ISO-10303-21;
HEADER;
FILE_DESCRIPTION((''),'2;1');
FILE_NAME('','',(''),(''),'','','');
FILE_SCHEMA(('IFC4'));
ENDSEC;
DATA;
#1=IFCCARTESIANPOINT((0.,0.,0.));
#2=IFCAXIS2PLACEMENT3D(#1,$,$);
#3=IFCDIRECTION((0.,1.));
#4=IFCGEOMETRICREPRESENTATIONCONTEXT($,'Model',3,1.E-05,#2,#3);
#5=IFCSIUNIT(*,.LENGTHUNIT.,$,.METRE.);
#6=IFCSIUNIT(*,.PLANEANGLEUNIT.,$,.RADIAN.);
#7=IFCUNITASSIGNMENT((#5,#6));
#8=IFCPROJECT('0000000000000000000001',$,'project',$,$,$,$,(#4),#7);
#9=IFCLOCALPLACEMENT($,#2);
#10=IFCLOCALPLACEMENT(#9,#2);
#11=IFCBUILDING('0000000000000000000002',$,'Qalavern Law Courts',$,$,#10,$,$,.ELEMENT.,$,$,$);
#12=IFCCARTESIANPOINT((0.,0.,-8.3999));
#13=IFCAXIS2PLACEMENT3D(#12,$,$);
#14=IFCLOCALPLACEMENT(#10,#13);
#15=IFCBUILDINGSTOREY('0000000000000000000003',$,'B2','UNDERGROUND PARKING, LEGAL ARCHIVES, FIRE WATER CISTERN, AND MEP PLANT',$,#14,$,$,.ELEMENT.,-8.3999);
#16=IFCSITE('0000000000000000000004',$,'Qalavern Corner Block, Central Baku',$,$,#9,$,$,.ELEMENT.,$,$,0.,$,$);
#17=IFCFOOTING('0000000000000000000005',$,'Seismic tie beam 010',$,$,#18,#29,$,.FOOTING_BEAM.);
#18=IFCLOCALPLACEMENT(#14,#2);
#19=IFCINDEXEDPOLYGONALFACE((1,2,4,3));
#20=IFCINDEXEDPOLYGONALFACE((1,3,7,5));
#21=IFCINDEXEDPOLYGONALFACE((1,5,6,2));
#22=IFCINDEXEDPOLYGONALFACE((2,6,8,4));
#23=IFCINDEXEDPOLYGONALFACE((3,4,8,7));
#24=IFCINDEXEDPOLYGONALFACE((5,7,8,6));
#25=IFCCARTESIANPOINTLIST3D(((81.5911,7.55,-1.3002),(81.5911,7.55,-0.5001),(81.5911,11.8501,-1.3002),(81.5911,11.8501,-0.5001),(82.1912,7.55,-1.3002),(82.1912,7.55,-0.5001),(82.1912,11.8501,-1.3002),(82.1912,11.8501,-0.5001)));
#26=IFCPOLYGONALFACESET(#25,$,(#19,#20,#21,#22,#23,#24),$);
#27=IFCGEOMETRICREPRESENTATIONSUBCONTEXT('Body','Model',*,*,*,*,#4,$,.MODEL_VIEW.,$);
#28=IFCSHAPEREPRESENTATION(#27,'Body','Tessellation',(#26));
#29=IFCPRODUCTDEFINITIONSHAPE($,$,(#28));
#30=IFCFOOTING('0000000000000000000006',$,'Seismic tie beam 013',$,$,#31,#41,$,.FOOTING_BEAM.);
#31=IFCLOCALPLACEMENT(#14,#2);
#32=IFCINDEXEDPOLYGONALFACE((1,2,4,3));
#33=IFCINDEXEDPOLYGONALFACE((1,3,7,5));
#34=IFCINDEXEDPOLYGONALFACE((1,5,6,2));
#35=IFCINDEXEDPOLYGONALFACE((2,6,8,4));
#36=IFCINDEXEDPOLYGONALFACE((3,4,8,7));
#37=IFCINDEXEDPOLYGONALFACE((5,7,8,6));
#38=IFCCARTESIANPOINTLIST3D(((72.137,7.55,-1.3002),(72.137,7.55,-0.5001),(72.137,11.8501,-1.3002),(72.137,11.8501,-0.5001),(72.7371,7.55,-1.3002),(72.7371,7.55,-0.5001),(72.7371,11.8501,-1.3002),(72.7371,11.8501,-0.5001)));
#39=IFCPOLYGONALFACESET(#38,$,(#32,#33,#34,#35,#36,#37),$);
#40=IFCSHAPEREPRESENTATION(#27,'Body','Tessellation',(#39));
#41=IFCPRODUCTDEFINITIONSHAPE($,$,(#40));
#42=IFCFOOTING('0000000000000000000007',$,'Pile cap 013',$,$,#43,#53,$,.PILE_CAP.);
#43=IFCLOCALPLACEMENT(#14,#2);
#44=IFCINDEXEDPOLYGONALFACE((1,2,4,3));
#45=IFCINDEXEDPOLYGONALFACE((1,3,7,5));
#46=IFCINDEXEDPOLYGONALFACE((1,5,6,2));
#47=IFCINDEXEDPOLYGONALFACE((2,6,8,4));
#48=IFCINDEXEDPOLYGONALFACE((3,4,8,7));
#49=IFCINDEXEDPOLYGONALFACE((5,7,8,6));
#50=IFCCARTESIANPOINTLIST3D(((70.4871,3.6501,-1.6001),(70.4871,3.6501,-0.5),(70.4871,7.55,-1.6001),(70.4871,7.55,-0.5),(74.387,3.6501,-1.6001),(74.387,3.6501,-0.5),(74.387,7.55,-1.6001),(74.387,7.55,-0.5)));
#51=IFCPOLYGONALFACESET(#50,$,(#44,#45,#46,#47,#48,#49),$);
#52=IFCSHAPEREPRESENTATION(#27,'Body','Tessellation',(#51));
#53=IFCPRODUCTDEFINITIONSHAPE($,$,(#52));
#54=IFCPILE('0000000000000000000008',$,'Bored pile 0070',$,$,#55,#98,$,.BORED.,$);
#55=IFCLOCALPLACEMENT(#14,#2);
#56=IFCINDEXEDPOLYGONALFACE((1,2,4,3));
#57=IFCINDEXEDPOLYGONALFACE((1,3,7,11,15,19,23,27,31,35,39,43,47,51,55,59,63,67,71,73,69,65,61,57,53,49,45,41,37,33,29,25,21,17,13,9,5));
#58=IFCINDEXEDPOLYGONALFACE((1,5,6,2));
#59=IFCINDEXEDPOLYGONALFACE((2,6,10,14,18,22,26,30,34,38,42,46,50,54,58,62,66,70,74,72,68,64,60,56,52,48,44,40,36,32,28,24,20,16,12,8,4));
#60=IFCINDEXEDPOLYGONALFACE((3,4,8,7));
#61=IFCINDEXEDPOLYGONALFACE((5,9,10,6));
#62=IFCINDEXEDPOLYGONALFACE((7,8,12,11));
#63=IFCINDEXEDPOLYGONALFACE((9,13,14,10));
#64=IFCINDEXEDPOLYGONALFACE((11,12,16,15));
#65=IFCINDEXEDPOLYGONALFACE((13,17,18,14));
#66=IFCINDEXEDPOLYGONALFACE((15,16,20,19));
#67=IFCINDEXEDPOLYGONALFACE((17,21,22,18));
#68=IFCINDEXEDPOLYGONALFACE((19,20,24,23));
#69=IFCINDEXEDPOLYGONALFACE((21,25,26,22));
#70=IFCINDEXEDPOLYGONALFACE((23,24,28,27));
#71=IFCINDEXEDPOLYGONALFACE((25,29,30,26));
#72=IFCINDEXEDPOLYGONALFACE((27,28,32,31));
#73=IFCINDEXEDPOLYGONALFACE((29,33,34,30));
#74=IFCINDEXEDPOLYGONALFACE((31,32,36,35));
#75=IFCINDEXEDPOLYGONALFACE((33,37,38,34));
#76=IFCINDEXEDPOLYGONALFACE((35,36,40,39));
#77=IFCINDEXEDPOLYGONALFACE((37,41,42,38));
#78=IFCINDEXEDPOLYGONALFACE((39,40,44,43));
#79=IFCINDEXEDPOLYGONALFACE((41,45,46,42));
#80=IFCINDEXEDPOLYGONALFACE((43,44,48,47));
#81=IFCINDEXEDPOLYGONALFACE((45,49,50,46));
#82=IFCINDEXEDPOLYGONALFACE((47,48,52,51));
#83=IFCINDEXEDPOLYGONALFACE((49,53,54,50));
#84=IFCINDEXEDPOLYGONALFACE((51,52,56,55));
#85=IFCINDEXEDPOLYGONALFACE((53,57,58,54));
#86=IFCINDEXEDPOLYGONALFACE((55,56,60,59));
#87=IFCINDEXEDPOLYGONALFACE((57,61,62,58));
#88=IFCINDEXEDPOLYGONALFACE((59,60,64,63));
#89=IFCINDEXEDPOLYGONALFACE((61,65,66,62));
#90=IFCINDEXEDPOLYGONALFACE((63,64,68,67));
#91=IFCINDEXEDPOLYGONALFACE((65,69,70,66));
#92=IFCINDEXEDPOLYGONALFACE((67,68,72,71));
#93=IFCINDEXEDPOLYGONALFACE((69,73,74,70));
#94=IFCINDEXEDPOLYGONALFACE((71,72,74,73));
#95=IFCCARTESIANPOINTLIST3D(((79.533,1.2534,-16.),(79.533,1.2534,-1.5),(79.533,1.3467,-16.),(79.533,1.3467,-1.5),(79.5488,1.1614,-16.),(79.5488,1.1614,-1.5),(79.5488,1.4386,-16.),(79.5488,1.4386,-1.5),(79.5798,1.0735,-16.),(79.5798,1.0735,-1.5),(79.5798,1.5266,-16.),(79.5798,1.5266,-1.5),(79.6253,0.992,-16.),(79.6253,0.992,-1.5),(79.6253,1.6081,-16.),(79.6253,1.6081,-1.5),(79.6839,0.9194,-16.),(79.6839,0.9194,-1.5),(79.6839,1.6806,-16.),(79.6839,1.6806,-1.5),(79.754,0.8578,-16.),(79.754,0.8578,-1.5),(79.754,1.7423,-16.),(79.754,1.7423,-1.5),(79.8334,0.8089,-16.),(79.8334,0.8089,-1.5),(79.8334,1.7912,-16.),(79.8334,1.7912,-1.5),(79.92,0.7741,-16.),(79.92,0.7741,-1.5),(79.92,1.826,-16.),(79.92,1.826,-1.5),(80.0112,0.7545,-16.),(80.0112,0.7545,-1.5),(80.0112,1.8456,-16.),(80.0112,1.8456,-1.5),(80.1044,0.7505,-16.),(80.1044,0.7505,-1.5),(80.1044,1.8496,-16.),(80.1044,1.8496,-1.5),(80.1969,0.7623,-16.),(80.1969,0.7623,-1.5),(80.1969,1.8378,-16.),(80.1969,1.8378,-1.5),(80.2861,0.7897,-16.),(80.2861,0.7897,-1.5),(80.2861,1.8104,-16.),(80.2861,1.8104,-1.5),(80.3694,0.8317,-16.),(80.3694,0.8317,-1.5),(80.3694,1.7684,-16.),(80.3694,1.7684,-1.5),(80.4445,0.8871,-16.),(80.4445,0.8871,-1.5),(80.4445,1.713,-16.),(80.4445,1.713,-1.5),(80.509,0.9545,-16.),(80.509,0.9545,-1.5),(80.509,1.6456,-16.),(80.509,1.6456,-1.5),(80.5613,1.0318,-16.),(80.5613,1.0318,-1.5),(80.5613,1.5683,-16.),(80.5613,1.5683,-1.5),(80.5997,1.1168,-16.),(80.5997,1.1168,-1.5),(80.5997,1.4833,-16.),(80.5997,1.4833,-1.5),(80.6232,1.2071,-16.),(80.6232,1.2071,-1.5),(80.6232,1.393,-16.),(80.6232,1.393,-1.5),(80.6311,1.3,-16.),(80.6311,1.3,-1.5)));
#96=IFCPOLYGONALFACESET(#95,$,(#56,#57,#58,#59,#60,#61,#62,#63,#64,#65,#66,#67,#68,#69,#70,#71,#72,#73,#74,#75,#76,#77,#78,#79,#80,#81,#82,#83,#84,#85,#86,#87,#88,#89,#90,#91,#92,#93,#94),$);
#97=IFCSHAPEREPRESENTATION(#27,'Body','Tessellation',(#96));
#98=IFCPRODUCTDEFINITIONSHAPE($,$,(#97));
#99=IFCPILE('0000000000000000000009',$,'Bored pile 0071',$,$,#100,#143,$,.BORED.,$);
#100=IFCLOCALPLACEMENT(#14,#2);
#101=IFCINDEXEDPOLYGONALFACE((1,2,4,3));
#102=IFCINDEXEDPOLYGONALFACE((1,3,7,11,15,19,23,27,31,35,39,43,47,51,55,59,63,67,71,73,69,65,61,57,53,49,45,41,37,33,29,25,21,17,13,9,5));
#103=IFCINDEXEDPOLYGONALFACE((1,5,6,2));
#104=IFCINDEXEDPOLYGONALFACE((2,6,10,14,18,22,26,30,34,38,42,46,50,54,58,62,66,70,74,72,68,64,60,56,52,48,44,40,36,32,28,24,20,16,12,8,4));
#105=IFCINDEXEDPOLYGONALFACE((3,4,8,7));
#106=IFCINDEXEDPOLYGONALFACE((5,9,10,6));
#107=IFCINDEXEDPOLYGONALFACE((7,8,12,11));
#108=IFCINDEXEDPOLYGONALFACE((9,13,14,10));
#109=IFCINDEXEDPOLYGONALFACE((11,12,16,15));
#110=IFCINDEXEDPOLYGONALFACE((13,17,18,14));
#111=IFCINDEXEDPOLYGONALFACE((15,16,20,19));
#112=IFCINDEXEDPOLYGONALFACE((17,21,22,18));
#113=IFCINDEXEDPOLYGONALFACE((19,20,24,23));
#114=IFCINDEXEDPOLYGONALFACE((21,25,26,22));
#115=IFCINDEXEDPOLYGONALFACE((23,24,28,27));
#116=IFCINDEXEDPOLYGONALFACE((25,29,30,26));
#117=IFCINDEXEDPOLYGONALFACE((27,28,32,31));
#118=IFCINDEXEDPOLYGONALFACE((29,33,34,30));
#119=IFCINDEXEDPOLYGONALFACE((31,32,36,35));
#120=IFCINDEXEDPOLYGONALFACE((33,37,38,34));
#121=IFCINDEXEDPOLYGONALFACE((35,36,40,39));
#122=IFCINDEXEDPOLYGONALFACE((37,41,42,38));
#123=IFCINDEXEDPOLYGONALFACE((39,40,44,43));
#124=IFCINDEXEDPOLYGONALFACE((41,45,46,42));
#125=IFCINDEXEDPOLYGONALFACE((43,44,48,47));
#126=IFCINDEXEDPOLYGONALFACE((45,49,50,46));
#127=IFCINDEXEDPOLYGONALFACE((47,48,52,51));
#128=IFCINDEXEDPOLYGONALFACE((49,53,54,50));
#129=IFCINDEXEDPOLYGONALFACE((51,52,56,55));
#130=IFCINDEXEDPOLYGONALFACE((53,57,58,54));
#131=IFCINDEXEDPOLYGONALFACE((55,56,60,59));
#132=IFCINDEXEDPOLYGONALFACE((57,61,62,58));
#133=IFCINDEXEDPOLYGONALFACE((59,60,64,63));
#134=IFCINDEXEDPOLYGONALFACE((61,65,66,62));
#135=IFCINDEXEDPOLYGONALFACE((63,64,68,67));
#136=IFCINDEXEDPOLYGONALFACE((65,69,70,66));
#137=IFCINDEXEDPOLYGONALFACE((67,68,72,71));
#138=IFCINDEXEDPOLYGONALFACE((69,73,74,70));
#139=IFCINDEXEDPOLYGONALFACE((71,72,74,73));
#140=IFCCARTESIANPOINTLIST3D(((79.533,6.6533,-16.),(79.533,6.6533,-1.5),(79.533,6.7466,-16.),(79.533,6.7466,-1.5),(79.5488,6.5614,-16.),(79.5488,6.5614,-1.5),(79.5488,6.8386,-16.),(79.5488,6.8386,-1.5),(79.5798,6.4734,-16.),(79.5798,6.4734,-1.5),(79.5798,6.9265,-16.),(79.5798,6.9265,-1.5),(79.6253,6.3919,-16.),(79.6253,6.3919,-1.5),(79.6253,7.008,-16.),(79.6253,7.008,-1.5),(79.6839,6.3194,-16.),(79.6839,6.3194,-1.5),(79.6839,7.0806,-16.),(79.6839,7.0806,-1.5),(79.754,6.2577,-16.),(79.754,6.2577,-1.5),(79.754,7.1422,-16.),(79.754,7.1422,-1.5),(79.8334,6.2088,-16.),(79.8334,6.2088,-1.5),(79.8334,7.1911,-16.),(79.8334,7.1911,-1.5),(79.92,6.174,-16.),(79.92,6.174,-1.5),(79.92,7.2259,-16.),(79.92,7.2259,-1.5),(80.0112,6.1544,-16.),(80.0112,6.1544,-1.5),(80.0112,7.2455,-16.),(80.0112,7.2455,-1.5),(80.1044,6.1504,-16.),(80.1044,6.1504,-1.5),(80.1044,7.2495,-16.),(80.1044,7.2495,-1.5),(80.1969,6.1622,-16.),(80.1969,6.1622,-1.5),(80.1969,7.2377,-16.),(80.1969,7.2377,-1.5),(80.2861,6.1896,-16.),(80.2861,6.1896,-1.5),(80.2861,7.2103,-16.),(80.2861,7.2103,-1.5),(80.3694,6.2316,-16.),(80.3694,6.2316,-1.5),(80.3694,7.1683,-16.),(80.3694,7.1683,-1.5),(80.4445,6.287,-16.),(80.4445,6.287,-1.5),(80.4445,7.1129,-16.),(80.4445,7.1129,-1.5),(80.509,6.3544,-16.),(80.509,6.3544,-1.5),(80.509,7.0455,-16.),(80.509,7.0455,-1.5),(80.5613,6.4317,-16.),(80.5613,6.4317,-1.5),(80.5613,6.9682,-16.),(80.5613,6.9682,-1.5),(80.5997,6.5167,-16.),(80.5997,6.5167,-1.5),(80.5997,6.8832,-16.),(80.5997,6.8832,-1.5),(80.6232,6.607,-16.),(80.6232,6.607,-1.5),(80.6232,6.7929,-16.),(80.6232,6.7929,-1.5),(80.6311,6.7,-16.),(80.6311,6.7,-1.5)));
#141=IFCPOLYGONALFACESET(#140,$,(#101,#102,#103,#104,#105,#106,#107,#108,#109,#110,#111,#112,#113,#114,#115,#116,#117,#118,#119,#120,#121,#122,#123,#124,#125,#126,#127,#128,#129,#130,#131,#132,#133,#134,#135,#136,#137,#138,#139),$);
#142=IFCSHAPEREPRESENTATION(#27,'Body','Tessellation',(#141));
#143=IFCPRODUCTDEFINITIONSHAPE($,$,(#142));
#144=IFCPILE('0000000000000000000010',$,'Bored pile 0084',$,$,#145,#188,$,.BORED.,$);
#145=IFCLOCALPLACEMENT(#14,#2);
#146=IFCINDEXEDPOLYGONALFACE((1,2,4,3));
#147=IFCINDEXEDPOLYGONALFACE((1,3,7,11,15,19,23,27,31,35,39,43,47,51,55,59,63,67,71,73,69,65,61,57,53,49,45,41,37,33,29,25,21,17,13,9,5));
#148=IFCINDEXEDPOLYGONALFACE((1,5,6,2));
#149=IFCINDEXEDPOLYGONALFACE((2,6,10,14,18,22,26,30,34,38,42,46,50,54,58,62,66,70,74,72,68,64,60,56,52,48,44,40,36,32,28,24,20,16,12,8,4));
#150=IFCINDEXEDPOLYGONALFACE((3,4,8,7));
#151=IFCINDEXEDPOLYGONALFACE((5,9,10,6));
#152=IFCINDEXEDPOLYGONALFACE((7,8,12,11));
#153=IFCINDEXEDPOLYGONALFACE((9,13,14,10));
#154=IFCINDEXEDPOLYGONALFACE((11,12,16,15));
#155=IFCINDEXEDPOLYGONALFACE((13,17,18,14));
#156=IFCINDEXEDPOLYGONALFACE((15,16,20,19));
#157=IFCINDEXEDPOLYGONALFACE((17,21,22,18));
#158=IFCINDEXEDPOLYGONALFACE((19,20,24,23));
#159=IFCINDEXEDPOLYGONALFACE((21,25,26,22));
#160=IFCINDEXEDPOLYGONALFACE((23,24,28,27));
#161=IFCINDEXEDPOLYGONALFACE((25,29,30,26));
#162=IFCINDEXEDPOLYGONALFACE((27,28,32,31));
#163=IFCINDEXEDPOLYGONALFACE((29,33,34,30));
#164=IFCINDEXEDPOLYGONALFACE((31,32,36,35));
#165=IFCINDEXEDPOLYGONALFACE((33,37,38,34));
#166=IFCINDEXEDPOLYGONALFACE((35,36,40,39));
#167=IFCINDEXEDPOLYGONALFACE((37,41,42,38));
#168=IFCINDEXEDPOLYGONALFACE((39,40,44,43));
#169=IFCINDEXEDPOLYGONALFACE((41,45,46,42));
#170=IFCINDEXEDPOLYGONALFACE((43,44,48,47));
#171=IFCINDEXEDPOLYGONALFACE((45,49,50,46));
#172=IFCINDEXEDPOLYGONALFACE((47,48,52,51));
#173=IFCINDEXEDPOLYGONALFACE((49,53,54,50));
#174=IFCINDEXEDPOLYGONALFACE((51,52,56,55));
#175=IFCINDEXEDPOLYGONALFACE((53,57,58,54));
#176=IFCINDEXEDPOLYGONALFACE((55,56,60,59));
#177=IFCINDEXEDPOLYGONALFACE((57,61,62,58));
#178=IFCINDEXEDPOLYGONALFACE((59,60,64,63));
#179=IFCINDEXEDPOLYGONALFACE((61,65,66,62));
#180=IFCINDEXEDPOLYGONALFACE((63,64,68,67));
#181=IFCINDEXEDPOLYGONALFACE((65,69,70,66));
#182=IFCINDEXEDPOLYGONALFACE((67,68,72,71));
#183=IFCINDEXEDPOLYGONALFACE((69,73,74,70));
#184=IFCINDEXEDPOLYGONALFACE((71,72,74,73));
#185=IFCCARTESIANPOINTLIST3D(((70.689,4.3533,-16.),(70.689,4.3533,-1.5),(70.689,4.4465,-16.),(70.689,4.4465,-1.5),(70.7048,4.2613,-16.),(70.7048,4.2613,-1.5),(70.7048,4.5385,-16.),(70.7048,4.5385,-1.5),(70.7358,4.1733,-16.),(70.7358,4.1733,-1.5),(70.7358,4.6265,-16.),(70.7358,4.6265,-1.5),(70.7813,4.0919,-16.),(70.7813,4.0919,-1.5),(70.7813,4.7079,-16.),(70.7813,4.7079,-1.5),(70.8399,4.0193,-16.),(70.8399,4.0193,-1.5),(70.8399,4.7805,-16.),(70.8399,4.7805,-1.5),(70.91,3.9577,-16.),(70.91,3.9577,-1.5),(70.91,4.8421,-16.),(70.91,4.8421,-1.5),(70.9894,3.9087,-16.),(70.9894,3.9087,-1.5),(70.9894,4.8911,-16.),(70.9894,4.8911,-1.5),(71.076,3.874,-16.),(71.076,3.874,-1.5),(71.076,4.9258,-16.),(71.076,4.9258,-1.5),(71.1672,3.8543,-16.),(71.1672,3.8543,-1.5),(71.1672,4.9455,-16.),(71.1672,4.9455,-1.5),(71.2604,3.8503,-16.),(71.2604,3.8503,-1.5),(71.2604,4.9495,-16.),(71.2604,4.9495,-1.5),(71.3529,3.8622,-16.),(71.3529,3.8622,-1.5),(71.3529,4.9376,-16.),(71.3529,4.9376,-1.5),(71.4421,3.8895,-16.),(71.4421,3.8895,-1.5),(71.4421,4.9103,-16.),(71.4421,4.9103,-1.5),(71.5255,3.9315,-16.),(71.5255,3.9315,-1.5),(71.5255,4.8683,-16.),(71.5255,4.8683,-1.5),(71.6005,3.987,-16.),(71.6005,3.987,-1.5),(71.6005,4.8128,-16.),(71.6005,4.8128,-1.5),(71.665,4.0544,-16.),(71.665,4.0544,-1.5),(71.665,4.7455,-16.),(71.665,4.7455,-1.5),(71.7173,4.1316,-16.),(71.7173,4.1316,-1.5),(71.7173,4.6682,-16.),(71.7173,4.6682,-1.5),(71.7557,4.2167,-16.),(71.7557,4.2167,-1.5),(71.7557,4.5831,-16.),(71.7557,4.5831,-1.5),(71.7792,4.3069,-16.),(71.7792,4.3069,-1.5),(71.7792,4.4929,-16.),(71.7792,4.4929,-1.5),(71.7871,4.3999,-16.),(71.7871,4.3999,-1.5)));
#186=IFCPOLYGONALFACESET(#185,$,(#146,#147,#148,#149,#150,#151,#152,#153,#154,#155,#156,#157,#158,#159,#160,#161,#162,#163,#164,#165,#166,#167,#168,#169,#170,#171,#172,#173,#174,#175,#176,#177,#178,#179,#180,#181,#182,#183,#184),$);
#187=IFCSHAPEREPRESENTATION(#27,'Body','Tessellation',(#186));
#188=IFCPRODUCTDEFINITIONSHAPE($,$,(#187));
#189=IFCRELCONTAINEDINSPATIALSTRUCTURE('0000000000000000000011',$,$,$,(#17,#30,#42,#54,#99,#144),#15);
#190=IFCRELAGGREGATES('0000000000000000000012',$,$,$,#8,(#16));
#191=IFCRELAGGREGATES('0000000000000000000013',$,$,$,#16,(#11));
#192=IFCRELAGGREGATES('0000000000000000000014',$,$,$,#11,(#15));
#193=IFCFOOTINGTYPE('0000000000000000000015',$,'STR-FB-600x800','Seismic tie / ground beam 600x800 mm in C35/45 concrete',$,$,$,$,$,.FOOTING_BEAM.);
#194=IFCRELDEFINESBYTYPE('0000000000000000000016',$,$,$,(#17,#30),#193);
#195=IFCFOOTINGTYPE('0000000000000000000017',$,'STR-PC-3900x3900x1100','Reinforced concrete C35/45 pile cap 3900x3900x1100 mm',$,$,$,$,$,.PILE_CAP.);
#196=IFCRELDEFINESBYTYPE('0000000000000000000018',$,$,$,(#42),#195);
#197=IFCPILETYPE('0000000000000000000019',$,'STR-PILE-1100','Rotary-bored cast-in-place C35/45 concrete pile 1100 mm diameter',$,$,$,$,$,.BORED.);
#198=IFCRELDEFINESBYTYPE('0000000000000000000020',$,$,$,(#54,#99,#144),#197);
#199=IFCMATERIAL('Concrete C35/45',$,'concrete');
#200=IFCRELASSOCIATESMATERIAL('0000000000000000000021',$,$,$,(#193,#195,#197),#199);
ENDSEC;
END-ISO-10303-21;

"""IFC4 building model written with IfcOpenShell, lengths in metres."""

from ifc_helpers import new_model, si_unit, direction, frame, origin, origin_2d, place, context, subcontext, project, spatial, rectangle, circle, extrude, material, material_profile, profile_set, type_object, element, save


model = new_model("IFC4")

# Units and contexts
model_context = context("Model", 3, precision=1e-05, world=origin(), true_north=direction((0.0, 1.0)))
body_context = subcontext(model_context, "Body", "Model", "MODEL_VIEW")
ifc_project = project(units=[si_unit("LENGTHUNIT", "METRE"), si_unit("PLANEANGLEUNIT", "RADIAN")], contexts=[model_context])

# Site, building, storey
site_placement = place(None, origin())
site = spatial("IfcSite", under=ifc_project, at=site_placement, Name="Qalavern Corner Block, Central Baku", CompositionType="ELEMENT", RefElevation=0.0)
building_placement = place(site_placement, origin())
building = spatial("IfcBuilding", under=site, at=building_placement, Name="Qalavern Law Courts", CompositionType="ELEMENT")
storey_placement = place(building_placement, frame((0.0, 0.0, -8.3999)))
storey = spatial("IfcBuildingStorey", under=building, at=storey_placement, Name="B2", Description="UNDERGROUND PARKING, LEGAL ARCHIVES, FIRE WATER CISTERN, AND MEP PLANT", CompositionType="ELEMENT", Elevation=-8.3999)

# Footings
ifc_material_1 = material(Name="Concrete C35/45", Category="concrete")
ifc_material_profile_1 = material_profile(ifc_material_1, rectangle(XDim=0.6001, YDim=0.8, at=origin_2d()), Name="RC 600x800")
ifc_profile_set_1 = profile_set([ifc_material_profile_1], Name="Concrete C35/45")
footing_type_1 = type_object("IfcFootingType", Name="STR-FB-600x800", Description="Seismic tie / ground beam 600x800 mm in C35/45 concrete", PredefinedType="FOOTING_BEAM", material=ifc_profile_set_1)
for number, where, z_axis, x_axis, name in (
    (1, (81.8911, 7.55, -0.9001), (0.0, 1.0, 0.0), (-1.0, 0.0, 0.0), "Seismic tie beam 010"),
    (2, (72.437, 7.55, -0.9001), (0.0, 1.0, 0.0), (-1.0, 0.0, 0.0), "Seismic tie beam 013"),
):
    element("IfcFooting", number, at=place(storey_placement, frame(where, z_axis=z_axis, x_axis=x_axis)), inside=storey, type_object=footing_type_1, Name=name, PredefinedType="FOOTING_BEAM", context=body_context, shape_type="SweptSolid", body=[
        extrude(rectangle(XDim=0.6001, YDim=0.8, at=origin_2d()), origin(), (0.0, 0.0, 1.0), 4.3),
    ])
footing_type_2 = type_object("IfcFootingType", Name="STR-PC-3900x3900x1100", Description="Reinforced concrete C35/45 pile cap 3900x3900x1100 mm", PredefinedType="PILE_CAP", material=ifc_material_1)
footing_1_placement = place(storey_placement, frame((72.437, 5.6001, -1.6001), z_axis=(0.0, 0.0, 1.0), x_axis=(1.0, 0.0, 0.0)))
element("IfcFooting", 3, at=footing_1_placement, inside=storey, type_object=footing_type_2, Name="Pile cap 013", PredefinedType="PILE_CAP", context=body_context, shape_type="SweptSolid", body=[
    extrude(rectangle(XDim=3.8999, YDim=3.8999, at=origin_2d()), origin(), (0.0, 0.0, 1.0), 1.1001),
])

# Piles
ifc_material_profile_2 = material_profile(ifc_material_1, circle(Radius=0.55, at=origin_2d()), Name="BORED PILE 1100")
ifc_profile_set_2 = profile_set([ifc_material_profile_2], Name="Concrete C35/45")
pile_type_1 = type_object("IfcPileType", Name="STR-PILE-1100", Description="Rotary-bored cast-in-place C35/45 concrete pile 1100 mm diameter", PredefinedType="BORED", material=ifc_profile_set_2)
for number, where, z_axis, x_axis, name in (
    (4, (80.0811, 1.3, -1.5), (0.0, 0.0, -1.0), (1.0, 0.0, 0.0), "Bored pile 0070"),
    (5, (80.0811, 6.7, -1.5), (0.0, 0.0, -1.0), (1.0, 0.0, 0.0), "Bored pile 0071"),
    (6, (71.2371, 4.3999, -1.5), (0.0, 0.0, -1.0), (1.0, 0.0, 0.0), "Bored pile 0084"),
):
    element("IfcPile", number, at=place(storey_placement, frame(where, z_axis=z_axis, x_axis=x_axis)), inside=storey, type_object=pile_type_1, Name=name, PredefinedType="BORED", context=body_context, shape_type="SweptSolid", body=[
        extrude(circle(Radius=0.55, at=origin_2d()), origin(), (0.0, 0.0, 1.0), 14.5),
    ])

save(model, "model.ifc")
